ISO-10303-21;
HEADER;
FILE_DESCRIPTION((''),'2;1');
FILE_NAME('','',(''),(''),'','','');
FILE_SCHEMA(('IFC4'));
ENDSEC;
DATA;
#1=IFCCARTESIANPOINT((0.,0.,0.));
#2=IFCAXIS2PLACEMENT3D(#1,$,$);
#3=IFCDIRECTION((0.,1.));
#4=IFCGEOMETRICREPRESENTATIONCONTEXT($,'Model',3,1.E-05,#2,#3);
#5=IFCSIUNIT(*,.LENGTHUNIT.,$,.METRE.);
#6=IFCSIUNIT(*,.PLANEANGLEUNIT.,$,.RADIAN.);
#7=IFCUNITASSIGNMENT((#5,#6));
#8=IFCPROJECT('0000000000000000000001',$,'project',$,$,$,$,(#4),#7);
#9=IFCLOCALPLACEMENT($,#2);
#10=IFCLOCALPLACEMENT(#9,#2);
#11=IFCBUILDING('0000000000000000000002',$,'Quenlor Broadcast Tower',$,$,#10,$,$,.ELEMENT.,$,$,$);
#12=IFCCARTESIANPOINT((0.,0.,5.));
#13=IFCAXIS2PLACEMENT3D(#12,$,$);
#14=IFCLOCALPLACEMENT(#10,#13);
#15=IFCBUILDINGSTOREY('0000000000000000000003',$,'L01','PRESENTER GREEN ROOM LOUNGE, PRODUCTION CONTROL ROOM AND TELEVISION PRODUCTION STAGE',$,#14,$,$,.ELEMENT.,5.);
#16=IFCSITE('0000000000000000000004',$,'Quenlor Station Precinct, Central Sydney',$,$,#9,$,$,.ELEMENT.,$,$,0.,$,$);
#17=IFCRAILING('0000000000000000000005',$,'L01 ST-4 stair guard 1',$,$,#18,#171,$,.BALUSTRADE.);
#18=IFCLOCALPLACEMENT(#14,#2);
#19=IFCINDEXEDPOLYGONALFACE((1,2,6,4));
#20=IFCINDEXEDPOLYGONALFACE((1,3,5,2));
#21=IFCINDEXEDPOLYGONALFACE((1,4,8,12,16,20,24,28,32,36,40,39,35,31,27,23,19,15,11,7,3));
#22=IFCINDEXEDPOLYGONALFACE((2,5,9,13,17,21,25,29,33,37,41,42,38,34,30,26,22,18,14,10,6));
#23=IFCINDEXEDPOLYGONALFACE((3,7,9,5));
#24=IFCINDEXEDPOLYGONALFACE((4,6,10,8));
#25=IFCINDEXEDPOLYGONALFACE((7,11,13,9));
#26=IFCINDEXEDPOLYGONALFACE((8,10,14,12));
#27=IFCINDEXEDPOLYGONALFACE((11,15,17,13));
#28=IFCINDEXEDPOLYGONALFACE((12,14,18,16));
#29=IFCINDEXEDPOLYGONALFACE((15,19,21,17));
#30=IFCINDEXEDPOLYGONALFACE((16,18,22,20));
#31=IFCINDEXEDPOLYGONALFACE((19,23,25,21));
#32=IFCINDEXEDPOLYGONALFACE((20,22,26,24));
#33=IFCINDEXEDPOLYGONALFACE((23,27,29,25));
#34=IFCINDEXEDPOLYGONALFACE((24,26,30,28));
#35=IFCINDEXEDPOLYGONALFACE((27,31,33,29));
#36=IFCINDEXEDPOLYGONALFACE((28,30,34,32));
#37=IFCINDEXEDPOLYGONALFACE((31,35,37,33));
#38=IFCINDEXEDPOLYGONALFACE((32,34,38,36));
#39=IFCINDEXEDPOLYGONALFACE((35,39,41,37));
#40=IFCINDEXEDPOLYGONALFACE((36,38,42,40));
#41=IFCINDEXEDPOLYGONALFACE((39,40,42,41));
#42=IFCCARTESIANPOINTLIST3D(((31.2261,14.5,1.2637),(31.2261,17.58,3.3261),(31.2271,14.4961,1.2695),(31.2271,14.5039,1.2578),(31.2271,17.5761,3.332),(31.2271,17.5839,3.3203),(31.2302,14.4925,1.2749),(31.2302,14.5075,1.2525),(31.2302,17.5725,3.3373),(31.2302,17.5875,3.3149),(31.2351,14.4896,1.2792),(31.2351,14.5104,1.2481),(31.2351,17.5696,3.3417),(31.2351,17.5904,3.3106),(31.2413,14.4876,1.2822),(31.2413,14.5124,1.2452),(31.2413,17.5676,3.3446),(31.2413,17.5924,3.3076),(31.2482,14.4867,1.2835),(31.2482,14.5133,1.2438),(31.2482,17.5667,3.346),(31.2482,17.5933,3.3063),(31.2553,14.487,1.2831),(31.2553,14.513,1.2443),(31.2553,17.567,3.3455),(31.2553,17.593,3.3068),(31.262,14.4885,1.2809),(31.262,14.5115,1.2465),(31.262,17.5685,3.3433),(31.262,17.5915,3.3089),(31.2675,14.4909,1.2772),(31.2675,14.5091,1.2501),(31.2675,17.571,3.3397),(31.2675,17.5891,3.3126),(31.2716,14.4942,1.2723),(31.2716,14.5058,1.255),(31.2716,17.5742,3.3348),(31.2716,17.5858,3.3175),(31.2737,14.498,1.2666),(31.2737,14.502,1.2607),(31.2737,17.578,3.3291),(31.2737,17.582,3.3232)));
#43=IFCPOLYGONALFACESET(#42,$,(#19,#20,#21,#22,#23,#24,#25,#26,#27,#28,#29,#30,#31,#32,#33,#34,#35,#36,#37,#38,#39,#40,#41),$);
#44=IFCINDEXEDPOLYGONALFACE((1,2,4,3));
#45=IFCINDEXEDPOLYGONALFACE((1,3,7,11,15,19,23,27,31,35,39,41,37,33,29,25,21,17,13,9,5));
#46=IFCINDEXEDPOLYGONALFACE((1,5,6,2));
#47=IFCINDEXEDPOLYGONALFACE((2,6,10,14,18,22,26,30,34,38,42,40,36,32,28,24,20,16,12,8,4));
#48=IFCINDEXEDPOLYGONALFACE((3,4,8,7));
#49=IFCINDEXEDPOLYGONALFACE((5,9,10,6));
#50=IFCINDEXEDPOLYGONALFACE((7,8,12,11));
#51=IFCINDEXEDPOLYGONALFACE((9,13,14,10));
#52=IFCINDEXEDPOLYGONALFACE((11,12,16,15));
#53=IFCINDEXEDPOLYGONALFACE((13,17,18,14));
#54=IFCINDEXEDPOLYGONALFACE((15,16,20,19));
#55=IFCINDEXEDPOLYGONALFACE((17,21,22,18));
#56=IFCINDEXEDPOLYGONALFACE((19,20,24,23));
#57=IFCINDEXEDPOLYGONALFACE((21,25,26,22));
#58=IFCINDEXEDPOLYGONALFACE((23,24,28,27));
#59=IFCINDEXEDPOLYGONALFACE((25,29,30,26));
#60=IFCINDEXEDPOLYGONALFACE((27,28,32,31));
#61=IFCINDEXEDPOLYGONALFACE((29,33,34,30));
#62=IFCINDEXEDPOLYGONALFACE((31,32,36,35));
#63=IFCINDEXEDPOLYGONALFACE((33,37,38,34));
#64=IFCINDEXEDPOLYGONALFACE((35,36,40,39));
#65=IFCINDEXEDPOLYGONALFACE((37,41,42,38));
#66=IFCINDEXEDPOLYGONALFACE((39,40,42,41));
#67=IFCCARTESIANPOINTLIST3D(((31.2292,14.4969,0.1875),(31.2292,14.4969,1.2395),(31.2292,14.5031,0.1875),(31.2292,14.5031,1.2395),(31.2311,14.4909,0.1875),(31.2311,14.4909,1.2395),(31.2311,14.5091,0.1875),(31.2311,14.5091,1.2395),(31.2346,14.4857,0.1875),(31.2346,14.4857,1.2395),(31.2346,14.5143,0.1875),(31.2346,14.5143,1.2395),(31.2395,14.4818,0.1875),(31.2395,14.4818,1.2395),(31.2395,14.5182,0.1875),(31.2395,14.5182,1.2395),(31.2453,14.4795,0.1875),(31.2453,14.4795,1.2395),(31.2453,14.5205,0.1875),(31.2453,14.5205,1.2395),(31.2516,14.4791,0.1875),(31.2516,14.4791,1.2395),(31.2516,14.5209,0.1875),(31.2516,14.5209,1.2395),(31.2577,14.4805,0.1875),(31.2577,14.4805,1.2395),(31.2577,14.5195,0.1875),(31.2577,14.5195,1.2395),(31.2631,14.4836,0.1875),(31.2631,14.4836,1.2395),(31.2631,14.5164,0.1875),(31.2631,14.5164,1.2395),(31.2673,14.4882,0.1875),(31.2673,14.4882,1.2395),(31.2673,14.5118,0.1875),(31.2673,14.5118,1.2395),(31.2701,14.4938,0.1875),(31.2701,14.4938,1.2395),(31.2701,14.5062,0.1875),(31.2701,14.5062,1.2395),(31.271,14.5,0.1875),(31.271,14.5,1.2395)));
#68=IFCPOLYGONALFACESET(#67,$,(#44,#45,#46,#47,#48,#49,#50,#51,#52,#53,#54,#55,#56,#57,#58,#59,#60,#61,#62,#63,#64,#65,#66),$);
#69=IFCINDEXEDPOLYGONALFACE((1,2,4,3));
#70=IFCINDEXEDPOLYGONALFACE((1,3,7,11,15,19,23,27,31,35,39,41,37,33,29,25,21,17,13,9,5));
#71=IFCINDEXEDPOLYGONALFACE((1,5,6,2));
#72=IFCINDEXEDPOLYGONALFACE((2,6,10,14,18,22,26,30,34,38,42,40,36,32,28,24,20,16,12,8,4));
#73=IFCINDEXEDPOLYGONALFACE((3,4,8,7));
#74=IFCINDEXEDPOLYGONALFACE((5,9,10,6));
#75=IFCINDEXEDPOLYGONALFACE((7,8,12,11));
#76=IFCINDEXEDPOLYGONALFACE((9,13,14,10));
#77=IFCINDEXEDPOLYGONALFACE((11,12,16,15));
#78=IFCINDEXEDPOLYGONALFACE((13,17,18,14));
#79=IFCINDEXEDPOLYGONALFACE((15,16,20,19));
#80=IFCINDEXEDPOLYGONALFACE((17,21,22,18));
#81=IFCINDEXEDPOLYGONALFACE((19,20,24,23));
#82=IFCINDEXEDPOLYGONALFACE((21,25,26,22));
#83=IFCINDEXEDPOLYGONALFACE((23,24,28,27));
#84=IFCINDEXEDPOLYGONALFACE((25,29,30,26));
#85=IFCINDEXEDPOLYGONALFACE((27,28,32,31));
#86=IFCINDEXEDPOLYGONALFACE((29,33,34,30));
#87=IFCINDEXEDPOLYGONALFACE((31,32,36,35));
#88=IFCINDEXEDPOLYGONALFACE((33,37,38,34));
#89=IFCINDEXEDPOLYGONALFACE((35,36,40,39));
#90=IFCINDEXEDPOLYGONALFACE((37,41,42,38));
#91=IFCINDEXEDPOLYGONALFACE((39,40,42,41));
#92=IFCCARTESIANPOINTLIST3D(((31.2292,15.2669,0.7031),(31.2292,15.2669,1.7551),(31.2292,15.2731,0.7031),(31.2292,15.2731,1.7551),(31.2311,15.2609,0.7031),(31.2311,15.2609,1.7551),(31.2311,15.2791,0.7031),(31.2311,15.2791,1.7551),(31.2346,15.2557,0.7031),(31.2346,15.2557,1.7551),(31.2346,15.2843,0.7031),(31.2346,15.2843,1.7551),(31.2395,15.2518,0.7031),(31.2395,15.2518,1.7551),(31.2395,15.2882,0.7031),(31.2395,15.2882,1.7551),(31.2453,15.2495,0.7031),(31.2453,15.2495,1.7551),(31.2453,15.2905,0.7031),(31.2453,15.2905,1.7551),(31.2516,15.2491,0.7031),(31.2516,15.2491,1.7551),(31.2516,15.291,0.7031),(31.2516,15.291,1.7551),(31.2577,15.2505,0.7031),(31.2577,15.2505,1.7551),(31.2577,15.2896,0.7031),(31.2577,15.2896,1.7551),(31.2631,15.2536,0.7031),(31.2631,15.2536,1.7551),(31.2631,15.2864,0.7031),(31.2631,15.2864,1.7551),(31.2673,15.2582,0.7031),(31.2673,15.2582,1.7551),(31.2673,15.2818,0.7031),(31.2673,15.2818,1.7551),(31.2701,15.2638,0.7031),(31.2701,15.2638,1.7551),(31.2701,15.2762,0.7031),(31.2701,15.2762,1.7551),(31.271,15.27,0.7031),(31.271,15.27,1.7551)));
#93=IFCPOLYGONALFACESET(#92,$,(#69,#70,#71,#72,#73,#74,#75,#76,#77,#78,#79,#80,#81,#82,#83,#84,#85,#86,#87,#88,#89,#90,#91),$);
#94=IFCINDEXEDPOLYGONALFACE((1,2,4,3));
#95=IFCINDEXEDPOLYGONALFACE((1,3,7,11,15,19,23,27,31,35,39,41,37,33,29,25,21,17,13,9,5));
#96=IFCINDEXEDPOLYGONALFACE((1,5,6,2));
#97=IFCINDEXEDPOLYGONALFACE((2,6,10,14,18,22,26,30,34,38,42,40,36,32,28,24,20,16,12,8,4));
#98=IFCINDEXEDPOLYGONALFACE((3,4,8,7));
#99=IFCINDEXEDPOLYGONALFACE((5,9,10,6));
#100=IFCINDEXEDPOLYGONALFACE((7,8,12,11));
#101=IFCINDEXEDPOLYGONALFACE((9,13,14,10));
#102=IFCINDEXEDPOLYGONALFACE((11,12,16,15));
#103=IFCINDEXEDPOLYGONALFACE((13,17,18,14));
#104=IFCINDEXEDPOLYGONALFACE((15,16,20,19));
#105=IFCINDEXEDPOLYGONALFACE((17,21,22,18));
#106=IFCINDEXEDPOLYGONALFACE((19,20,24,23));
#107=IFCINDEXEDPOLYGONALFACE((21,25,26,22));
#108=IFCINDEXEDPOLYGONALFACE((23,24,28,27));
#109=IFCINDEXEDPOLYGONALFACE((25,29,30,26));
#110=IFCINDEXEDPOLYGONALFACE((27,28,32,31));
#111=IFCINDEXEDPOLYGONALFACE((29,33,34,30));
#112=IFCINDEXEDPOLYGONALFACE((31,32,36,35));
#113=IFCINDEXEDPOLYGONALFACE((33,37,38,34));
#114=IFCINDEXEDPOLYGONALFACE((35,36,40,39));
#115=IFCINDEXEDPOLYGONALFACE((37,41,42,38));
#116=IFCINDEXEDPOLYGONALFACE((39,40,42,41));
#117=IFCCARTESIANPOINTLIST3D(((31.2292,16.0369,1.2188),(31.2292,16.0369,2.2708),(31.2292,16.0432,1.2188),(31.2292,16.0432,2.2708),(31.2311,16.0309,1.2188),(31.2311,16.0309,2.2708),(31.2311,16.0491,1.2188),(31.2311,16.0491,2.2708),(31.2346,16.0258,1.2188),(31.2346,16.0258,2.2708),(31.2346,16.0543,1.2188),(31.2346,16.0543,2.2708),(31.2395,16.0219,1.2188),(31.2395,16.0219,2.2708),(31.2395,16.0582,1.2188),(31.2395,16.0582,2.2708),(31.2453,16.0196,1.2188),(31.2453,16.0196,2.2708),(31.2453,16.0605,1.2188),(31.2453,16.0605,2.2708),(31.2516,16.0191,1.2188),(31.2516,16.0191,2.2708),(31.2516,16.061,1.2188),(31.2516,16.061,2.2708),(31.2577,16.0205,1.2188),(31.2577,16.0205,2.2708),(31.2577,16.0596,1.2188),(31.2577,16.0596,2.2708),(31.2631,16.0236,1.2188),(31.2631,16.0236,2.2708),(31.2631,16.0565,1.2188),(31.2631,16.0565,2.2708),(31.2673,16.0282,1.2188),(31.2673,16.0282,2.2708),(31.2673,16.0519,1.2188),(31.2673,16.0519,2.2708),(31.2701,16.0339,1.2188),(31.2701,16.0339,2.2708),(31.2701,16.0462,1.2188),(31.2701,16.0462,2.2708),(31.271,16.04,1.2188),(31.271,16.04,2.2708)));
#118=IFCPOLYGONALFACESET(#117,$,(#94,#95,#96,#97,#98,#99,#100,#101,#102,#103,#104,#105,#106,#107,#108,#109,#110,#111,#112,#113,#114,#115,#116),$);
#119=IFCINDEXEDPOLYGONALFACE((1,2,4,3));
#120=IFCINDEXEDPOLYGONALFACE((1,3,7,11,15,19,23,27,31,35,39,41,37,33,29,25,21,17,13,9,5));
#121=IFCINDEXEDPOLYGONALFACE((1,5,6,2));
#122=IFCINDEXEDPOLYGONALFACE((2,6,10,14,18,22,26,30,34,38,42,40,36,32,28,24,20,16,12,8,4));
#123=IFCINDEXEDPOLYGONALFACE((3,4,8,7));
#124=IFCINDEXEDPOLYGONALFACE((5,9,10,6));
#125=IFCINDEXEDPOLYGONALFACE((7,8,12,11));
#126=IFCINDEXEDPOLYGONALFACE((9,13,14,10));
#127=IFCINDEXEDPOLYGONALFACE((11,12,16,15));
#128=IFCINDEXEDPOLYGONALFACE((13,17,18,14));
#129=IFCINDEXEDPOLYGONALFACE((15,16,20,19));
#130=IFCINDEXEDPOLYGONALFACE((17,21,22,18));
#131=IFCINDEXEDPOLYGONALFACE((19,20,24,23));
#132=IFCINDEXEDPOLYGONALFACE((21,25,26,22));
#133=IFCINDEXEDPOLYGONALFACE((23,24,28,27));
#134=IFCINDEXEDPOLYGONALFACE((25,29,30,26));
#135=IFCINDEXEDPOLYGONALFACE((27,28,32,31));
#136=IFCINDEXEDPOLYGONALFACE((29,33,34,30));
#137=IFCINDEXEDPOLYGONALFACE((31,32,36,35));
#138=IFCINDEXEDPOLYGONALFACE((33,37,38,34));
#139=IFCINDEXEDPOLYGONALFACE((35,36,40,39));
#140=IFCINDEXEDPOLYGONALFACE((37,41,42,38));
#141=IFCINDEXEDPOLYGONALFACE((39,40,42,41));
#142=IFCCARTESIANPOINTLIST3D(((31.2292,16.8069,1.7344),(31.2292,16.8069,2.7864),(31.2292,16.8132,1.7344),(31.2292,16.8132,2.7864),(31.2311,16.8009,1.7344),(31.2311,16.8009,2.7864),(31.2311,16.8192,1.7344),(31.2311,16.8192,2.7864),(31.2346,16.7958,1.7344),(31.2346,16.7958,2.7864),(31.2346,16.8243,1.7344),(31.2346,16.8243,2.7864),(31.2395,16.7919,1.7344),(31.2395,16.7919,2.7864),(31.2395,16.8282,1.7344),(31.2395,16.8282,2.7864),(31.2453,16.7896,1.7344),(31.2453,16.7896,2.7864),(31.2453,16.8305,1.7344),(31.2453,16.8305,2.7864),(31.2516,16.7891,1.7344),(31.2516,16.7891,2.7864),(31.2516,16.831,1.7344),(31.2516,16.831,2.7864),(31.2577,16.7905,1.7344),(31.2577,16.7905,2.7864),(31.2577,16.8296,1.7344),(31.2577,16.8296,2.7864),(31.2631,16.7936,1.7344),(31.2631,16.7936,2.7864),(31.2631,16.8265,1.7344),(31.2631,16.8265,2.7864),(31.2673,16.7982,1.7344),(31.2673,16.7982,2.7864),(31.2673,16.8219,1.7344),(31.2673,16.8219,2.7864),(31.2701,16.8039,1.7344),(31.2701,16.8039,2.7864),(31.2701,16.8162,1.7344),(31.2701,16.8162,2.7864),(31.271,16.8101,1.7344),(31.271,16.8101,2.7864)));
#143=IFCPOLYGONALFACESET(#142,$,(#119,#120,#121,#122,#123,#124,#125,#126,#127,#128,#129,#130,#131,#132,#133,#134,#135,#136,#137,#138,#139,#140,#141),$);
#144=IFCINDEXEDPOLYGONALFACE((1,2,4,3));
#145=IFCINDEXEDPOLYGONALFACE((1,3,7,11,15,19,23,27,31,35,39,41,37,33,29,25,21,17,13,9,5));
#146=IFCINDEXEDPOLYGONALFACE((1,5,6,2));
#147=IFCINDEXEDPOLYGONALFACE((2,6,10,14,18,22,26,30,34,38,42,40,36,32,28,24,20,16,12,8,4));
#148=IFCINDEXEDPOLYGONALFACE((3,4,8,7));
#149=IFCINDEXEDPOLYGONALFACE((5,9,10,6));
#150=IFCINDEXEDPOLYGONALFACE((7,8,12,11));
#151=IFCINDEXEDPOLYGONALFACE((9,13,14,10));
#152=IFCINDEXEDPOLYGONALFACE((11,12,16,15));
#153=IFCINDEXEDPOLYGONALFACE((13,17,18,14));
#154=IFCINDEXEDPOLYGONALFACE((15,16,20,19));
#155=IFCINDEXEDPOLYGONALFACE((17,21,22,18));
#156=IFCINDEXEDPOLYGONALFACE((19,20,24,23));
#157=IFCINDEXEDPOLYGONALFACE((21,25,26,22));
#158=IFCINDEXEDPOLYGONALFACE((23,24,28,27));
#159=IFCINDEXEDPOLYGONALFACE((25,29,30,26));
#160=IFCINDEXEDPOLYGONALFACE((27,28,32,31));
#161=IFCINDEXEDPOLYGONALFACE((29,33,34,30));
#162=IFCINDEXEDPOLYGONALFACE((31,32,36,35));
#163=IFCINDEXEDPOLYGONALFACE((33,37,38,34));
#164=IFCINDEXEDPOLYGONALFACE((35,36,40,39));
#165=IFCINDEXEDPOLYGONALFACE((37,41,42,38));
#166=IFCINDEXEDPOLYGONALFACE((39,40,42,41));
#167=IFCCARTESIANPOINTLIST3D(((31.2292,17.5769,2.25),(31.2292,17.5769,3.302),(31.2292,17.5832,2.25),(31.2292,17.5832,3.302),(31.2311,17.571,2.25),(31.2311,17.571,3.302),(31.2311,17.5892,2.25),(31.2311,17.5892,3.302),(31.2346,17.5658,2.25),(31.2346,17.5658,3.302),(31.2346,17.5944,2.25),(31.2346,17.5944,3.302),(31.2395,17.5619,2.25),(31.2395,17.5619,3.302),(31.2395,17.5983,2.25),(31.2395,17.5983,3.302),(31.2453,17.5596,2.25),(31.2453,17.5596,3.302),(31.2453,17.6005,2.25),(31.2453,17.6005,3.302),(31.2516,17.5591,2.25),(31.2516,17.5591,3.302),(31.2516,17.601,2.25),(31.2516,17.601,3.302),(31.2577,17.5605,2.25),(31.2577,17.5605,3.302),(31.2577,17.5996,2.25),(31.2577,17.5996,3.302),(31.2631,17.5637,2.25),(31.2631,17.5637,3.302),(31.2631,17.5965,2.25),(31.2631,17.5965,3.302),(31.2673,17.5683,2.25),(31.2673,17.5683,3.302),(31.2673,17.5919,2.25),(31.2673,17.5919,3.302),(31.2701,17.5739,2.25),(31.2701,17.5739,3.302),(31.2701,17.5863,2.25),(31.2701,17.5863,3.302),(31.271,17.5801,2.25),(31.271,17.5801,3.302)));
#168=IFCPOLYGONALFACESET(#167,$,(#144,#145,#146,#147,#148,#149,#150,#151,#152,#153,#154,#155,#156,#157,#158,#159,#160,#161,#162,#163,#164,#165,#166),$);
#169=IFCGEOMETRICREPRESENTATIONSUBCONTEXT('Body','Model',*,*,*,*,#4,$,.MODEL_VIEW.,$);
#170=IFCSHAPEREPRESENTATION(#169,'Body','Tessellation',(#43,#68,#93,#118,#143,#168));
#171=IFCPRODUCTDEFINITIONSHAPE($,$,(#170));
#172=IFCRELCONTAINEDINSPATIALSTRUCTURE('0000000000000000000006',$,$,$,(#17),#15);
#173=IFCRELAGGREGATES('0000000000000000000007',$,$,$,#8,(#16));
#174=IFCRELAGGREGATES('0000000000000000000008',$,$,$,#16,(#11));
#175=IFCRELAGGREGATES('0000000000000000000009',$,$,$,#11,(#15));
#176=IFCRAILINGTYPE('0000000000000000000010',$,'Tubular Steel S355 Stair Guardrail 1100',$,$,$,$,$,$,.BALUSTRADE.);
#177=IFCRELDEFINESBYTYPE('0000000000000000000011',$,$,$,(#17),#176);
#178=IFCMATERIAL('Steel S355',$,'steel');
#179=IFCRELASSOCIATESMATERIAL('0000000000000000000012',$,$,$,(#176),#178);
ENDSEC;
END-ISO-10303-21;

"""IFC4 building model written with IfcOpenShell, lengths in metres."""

from ifc_helpers import new_model, si_unit, direction, frame, origin, origin_2d, place, context, subcontext, project, spatial, circle, extrude, material, type_object, element, save


model = new_model("IFC4")

# Units and contexts
model_context = context("Model", 3, precision=1e-05, world=origin(), true_north=direction((0.0, 1.0)))
body_context = subcontext(model_context, "Body", "Model", "MODEL_VIEW")
ifc_project = project(units=[si_unit("LENGTHUNIT", "METRE"), si_unit("PLANEANGLEUNIT", "RADIAN")], contexts=[model_context])

# Site, building, storey
site_placement = place(None, origin())
site = spatial("IfcSite", under=ifc_project, at=site_placement, Name="Quenlor Station Precinct, Central Sydney", CompositionType="ELEMENT", RefElevation=0.0)
building_placement = place(site_placement, origin())
building = spatial("IfcBuilding", under=site, at=building_placement, Name="Quenlor Broadcast Tower", CompositionType="ELEMENT")
storey_placement = place(building_placement, frame((0.0, 0.0, 5.0)))
storey = spatial("IfcBuildingStorey", under=building, at=storey_placement, Name="L01", Description="PRESENTER GREEN ROOM LOUNGE, PRODUCTION CONTROL ROOM AND TELEVISION PRODUCTION STAGE", CompositionType="ELEMENT", Elevation=5.0)

# Railing
ifc_material_1 = material(Name="Steel S355", Category="steel")
railing_type_1 = type_object("IfcRailingType", Name="Tubular Steel S355 Stair Guardrail 1100", PredefinedType="BALUSTRADE", material=ifc_material_1)
railing_1_placement = place(storey_placement, frame((31.25, 14.5, 0.1875)))
element("IfcRailing", 1, at=railing_1_placement, inside=storey, type_object=railing_type_1, Name="L01 ST-4 stair guard 1", PredefinedType="BALUSTRADE", context=body_context, shape_type="SweptSolid", body=[
    extrude(circle(Radius=0.0239, at=origin_2d()), frame((0.0, 0.0, 1.0762), z_axis=(0.0, 0.830914, 0.556401), x_axis=(-1.0, 0.0, 0.0)), (0.0, 0.0, 1.0), 3.7068),
    extrude(circle(Radius=0.021, at=origin_2d()), origin(), (0.0, 0.0, 1.0), 1.052),
    extrude(circle(Radius=0.021, at=origin_2d()), frame((0.0, 0.77, 0.5156)), (0.0, 0.0, 1.0), 1.052),
    extrude(circle(Radius=0.021, at=origin_2d()), frame((0.0, 1.54, 1.0312)), (0.0, 0.0, 1.0), 1.052),
    extrude(circle(Radius=0.021, at=origin_2d()), frame((0.0, 2.3101, 1.5469)), (0.0, 0.0, 1.0), 1.052),
    extrude(circle(Radius=0.021, at=origin_2d()), frame((0.0, 3.0801, 2.0625)), (0.0, 0.0, 1.0), 1.052),
])

save(model, "model.ifc")
